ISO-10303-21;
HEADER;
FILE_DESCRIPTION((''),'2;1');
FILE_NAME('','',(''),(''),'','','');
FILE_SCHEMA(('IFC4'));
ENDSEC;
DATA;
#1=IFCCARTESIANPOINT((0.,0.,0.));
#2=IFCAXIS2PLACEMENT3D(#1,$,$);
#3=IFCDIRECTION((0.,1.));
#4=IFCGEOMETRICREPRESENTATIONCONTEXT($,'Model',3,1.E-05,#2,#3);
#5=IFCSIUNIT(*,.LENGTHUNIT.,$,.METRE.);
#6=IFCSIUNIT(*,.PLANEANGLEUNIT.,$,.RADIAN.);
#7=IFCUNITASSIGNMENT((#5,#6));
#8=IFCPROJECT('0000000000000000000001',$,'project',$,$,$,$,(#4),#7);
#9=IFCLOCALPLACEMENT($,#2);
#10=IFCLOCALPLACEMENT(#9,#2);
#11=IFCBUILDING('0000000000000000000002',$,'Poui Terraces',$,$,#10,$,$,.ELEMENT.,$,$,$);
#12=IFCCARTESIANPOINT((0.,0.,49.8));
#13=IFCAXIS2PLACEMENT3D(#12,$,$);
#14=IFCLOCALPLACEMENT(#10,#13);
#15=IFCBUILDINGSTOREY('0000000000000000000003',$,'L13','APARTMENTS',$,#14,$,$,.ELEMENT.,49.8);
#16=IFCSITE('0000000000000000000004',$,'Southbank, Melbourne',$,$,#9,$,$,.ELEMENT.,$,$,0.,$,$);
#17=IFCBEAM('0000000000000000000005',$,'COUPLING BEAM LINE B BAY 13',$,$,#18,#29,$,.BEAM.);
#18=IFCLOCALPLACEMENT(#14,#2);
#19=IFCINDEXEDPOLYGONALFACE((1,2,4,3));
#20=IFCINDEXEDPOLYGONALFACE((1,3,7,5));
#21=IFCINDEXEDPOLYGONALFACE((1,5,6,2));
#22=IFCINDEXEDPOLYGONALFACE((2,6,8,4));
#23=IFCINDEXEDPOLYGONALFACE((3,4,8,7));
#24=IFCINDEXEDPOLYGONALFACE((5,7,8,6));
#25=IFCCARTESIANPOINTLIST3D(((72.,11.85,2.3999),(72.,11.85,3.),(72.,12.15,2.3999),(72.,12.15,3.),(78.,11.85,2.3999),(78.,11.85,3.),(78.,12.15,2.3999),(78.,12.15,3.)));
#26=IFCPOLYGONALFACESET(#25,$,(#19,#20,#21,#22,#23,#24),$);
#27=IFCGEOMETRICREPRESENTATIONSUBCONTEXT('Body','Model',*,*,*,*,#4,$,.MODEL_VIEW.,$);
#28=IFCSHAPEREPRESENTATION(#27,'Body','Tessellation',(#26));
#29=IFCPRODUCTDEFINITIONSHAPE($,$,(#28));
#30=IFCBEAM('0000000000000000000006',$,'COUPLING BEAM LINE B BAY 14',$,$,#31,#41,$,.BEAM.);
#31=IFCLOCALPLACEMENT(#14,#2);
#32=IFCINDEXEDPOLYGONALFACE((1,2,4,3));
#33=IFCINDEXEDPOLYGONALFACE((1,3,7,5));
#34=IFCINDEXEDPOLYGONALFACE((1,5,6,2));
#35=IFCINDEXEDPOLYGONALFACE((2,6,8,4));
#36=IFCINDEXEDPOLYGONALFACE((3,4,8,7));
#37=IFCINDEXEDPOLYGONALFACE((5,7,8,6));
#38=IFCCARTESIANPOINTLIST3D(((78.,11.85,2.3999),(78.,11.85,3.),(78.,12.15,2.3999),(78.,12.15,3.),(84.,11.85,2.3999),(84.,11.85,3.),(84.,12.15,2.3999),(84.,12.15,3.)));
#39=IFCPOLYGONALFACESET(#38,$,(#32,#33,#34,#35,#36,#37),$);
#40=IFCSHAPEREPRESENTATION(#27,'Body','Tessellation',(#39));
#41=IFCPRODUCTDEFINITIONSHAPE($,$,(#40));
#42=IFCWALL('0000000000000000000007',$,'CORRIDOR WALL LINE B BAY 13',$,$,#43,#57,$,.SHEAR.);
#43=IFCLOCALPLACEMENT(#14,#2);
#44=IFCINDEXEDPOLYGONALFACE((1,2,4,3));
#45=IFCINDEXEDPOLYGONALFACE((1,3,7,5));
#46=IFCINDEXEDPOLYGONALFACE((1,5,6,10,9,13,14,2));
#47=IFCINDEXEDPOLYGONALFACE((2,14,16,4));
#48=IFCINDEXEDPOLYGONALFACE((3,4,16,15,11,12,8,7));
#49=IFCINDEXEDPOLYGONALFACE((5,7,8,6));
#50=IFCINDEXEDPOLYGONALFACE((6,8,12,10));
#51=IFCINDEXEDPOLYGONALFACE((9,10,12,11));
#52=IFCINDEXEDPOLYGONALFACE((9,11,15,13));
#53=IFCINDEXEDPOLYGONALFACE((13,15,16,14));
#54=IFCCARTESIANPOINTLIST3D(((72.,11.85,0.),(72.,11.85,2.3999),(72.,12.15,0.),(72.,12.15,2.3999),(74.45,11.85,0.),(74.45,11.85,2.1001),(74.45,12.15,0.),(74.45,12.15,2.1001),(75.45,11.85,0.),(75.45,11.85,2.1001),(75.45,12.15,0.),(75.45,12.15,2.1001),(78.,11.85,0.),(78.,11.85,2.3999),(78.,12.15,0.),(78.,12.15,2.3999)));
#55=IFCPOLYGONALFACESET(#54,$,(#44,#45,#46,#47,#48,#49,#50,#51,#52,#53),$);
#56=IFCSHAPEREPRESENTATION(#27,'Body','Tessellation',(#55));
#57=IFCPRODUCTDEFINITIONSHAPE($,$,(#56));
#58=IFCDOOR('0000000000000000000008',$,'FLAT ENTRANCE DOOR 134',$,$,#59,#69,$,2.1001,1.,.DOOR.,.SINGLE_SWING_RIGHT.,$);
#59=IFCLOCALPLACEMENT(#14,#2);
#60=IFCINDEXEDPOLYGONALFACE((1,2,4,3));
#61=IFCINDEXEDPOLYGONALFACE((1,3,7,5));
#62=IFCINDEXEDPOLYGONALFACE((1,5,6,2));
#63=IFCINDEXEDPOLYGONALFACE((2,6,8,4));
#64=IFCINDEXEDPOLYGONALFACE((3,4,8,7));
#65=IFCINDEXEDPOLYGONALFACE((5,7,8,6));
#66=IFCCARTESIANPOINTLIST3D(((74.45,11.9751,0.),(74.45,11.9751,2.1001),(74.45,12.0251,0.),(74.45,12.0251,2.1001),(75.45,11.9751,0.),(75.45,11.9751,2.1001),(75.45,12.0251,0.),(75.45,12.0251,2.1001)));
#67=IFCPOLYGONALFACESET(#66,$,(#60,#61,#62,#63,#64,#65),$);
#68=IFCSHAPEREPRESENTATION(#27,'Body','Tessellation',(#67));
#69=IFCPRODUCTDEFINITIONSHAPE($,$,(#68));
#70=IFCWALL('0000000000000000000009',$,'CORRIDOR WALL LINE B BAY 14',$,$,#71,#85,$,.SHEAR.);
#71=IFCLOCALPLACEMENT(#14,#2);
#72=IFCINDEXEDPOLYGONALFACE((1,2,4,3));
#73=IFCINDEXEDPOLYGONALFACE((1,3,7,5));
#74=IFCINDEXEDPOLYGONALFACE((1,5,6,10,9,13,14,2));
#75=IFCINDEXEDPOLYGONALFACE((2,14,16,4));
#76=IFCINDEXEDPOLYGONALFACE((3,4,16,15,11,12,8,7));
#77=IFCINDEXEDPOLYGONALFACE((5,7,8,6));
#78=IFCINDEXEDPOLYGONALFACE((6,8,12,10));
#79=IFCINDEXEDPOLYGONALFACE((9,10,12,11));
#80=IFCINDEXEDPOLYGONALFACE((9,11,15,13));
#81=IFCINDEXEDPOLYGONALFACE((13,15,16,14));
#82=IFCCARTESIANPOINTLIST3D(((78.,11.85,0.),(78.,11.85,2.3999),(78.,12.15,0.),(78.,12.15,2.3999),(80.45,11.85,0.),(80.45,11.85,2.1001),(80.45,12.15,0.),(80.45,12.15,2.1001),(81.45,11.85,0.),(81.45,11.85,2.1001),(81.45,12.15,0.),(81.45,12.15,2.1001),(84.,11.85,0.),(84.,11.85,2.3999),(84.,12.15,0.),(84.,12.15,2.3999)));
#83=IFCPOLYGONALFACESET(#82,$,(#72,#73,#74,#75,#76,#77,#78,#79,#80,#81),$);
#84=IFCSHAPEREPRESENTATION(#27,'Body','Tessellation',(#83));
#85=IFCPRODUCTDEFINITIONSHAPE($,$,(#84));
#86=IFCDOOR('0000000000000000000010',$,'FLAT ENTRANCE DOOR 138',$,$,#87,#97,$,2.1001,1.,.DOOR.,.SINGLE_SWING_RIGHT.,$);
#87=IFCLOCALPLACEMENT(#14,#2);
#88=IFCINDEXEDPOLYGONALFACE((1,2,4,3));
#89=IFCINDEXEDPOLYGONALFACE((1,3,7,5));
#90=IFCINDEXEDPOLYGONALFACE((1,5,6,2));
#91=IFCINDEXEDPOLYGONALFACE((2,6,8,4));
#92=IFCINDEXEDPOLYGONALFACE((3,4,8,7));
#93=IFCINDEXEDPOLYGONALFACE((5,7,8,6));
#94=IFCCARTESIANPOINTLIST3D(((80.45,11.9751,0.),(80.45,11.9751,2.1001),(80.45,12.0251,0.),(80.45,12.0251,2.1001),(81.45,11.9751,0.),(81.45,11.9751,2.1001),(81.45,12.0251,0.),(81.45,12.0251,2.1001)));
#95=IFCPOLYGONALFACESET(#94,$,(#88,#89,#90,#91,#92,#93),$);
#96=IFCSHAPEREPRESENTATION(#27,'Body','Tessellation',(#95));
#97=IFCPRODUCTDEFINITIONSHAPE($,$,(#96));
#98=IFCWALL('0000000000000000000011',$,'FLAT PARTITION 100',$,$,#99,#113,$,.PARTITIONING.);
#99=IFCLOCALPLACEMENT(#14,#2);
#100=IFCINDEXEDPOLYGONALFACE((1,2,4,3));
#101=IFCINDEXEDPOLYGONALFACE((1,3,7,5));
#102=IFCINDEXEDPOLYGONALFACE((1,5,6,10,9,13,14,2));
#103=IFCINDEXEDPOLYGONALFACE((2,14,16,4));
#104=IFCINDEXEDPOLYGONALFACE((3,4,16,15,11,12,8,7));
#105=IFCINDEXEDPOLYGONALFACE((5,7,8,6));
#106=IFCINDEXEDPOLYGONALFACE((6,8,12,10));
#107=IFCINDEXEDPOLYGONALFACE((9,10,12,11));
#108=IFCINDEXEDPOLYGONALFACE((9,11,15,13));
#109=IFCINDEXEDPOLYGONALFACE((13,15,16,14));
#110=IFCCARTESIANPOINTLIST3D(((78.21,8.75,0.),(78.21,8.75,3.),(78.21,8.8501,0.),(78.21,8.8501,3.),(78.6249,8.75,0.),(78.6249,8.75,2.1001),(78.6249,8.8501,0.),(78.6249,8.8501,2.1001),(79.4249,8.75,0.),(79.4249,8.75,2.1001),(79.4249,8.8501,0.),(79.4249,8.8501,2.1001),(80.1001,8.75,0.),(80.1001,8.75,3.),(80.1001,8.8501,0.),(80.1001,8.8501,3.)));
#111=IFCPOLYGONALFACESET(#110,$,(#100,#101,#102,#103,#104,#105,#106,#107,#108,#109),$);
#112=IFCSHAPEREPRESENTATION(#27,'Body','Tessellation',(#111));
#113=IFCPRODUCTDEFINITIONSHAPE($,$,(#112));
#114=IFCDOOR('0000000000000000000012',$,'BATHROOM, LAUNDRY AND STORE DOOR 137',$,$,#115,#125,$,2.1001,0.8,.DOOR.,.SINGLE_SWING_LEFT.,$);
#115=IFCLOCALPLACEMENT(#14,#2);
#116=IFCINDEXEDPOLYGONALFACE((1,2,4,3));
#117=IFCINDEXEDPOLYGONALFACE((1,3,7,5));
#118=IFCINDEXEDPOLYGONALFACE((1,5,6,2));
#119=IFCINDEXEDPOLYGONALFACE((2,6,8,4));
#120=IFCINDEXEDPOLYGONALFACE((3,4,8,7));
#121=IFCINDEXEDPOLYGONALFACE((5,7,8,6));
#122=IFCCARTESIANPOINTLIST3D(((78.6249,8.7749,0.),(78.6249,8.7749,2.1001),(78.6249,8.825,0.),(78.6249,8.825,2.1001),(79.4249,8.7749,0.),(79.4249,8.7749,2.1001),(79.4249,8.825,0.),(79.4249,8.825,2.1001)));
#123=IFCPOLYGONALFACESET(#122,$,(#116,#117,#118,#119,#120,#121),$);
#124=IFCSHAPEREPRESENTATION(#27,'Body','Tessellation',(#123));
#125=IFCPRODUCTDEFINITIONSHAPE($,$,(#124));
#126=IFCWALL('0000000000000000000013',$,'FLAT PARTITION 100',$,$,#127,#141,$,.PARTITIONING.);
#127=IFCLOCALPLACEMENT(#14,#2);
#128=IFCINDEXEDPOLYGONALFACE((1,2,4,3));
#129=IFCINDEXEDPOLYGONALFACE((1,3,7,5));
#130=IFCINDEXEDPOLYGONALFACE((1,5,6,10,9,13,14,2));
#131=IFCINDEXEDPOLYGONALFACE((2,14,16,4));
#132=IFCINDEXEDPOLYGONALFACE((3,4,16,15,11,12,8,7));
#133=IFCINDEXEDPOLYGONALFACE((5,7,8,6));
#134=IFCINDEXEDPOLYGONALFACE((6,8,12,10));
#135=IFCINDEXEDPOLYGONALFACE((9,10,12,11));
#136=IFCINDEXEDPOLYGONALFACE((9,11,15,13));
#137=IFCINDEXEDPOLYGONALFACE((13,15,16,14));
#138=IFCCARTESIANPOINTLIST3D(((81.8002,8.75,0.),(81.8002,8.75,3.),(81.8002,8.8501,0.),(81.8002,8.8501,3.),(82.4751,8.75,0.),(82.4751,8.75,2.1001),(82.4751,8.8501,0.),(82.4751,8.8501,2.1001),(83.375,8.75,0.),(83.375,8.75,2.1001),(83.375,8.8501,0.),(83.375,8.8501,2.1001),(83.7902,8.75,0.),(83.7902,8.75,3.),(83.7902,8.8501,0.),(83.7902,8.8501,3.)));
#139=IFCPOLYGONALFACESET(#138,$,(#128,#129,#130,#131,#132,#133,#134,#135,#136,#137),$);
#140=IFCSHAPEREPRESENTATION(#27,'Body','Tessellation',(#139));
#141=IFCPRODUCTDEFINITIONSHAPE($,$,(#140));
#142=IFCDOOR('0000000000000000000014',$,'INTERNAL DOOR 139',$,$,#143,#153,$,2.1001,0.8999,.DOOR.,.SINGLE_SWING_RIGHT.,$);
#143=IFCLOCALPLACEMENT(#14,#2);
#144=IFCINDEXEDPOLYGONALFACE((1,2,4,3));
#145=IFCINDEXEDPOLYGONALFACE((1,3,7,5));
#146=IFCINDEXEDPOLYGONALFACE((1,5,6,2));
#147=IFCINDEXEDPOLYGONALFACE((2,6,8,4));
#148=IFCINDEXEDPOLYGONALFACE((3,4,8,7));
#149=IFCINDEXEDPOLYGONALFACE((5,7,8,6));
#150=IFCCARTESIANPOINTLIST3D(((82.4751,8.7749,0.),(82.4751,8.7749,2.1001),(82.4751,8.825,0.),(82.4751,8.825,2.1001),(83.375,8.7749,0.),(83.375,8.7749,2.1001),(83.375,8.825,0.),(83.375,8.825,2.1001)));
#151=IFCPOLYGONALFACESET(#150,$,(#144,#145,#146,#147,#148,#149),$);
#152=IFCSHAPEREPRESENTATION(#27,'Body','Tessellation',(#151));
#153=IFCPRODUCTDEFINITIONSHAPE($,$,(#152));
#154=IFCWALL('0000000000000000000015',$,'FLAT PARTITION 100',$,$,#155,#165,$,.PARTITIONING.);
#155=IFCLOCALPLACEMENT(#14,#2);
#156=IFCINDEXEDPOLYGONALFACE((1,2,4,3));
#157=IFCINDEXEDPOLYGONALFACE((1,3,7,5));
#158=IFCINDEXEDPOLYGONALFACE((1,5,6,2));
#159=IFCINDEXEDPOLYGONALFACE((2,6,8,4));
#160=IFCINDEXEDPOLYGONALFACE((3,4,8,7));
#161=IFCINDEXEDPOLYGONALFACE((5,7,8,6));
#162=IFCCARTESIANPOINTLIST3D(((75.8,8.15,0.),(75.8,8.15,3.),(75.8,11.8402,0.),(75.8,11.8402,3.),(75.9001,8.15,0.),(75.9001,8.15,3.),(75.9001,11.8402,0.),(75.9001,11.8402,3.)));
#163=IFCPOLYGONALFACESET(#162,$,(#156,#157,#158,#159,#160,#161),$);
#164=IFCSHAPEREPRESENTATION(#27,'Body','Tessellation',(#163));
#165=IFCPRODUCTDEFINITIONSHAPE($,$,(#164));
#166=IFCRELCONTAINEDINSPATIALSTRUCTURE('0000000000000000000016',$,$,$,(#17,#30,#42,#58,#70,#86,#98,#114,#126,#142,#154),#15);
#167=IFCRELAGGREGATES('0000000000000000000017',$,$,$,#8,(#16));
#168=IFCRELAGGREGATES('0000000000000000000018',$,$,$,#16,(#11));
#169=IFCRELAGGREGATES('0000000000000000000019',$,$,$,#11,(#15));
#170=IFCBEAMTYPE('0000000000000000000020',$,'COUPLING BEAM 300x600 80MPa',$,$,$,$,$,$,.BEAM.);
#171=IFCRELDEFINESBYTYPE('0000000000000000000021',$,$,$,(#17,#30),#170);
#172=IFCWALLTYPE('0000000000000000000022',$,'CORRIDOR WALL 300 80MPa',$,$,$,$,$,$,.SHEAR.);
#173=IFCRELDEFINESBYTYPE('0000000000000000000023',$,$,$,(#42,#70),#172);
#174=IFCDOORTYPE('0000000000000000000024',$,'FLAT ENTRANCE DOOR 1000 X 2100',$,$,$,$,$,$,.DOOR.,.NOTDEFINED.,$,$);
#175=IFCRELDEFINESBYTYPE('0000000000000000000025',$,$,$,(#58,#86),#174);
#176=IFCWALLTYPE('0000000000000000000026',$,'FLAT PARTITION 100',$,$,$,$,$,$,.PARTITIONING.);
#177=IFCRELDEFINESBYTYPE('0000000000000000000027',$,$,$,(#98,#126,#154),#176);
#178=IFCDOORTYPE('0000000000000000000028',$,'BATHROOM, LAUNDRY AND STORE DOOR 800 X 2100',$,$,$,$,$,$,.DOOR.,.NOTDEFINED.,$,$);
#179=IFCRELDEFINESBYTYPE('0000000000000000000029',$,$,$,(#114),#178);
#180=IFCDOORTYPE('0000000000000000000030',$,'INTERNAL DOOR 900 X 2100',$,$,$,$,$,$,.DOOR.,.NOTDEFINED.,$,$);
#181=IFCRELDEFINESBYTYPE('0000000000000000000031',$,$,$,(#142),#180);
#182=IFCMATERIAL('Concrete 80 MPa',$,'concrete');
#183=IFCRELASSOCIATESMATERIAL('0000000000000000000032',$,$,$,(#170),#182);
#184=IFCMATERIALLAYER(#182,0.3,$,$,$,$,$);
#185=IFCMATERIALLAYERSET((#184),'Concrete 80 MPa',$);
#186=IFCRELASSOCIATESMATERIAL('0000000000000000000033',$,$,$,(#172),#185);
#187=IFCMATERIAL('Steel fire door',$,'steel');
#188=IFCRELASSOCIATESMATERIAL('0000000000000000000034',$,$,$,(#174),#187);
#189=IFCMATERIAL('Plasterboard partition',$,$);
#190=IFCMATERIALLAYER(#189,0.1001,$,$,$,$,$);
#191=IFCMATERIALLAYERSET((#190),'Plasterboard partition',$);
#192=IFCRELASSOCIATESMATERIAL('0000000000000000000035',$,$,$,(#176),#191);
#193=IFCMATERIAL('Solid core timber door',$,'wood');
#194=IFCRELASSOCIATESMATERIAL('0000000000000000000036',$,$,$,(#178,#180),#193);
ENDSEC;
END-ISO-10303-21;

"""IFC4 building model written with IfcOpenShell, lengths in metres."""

from ifc_helpers import new_model, si_unit, direction, frame, frame_2d, origin, origin_2d, place, context, subcontext, project, spatial, rectangle, extrude, source, transform, mapped, material, layer, layer_set, material_profile, profile_set, type_object, element, fill, save


model = new_model("IFC4")

# Units and contexts
model_context = context("Model", 3, precision=1e-05, world=origin(), true_north=direction((0.0, 1.0)))
body_context = subcontext(model_context, "Body", "Model", "MODEL_VIEW")
ifc_project = project(units=[si_unit("LENGTHUNIT", "METRE"), si_unit("PLANEANGLEUNIT", "RADIAN")], contexts=[model_context])

# Site, building, storey
site_placement = place(None, origin())
site = spatial("IfcSite", under=ifc_project, at=site_placement, Name="Southbank, Melbourne", CompositionType="ELEMENT", RefElevation=0.0)
building_placement = place(site_placement, origin())
building = spatial("IfcBuilding", under=site, at=building_placement, Name="Poui Terraces", CompositionType="ELEMENT")
storey_placement = place(building_placement, frame((0.0, 0.0, 49.8)))
storey = spatial("IfcBuildingStorey", under=building, at=storey_placement, Name="L13", Description="APARTMENTS", CompositionType="ELEMENT", Elevation=49.8)

# Beams
ifc_material_1 = material(Name="Concrete 80 MPa", Category="concrete")
ifc_material_profile = material_profile(ifc_material_1, rectangle(XDim=0.3, YDim=0.6001, at=origin_2d()), Name="RC 300x600")
ifc_profile_set = profile_set([ifc_material_profile], Name="Concrete 80 MPa")
beam_type = type_object("IfcBeamType", Name="COUPLING BEAM 300x600 80MPa", PredefinedType="BEAM", material=ifc_profile_set)
shared_shape = source(origin(), body_context, "Body", "SweptSolid", [
    extrude(rectangle(XDim=0.3, YDim=0.6001, at=origin_2d()), origin(), (0.0, 0.0, 1.0), 6.0),
])
for number, where, z_axis, x_axis, name in (
    (1, (72.0, 12.0, 2.7), (1.0, 0.0, 0.0), (0.0, 1.0, 0.0), "COUPLING BEAM LINE B BAY 13"),
    (2, (78.0, 12.0, 2.7), (1.0, 0.0, 0.0), (0.0, 1.0, 0.0), "COUPLING BEAM LINE B BAY 14"),
):
    element("IfcBeam", number, at=place(storey_placement, frame(where, z_axis=z_axis, x_axis=x_axis)), inside=storey, type_object=beam_type, Name=name, PredefinedType="BEAM", context=body_context, shape_type="MappedRepresentation", body=[
        mapped(shared_shape, transform((0.0, 0.0, 0.0))),
    ])

# Walls, openings, doors
ifc_layer_1 = layer(ifc_material_1, 0.3)
ifc_layer_set_1 = layer_set([ifc_layer_1], Name="Concrete 80 MPa")
wall_type_1 = type_object("IfcWallType", Name="CORRIDOR WALL 300 80MPa", PredefinedType="SHEAR", material=ifc_layer_set_1)
wall_1_placement = place(storey_placement, frame((72.0, 12.0, 0.0), z_axis=(0.0, 0.0, 1.0), x_axis=(1.0, 0.0, 0.0)))
wall_1 = element("IfcWall", 3, at=wall_1_placement, inside=storey, type_object=wall_type_1, Name="CORRIDOR WALL LINE B BAY 13", PredefinedType="SHEAR", context=body_context, shape_type="SweptSolid", body=[
    extrude(rectangle(XDim=6.0, YDim=0.3, at=frame_2d((3.0, 0.0))), origin(), (0.0, 0.0, 1.0), 2.3999),
])
opening_1_placement = place(wall_1_placement, frame((2.45, 0.0, 0.0)))
opening_1 = element("IfcOpeningElement", 4, at=opening_1_placement, cuts=wall_1, PredefinedType="OPENING", context=body_context, shape_type="SweptSolid", body=[
    extrude(rectangle(XDim=1.0, YDim=2.1001, at=frame_2d((0.5, 1.05))), frame((0.0, 0.1602, 0.0), z_axis=(0.0, -1.0, 0.0), x_axis=(1.0, 0.0, 0.0)), (0.0, 0.0, 1.0), 0.3201),
])
ifc_material_2 = material(Name="Steel fire door", Category="steel")
door_type_1 = type_object("IfcDoorType", Name="FLAT ENTRANCE DOOR 1000 X 2100", OperationType="NOTDEFINED", PredefinedType="DOOR", material=ifc_material_2)
door_1_placement = place(opening_1_placement, frame((1.0, 0.0, 0.0), z_axis=(0.0, 0.0, 1.0), x_axis=(-1.0, 0.0, 0.0)))
door_1 = element("IfcDoor", 5, at=door_1_placement, inside=storey, type_object=door_type_1, Name="FLAT ENTRANCE DOOR 134", OperationType="SINGLE_SWING_RIGHT", OverallHeight=2.1001, OverallWidth=1.0, PredefinedType="DOOR", context=body_context, shape_type="SweptSolid", body=[
    extrude(rectangle(XDim=1.0, YDim=2.1001, at=frame_2d((0.5, 1.05))), frame((0.0, 0.0249, 0.0), z_axis=(0.0, -1.0, 0.0), x_axis=(1.0, 0.0, 0.0)), (0.0, 0.0, 1.0), 0.05),
])
fill(opening_1, door_1)
wall_2_placement = place(storey_placement, frame((78.0, 12.0, 0.0), z_axis=(0.0, 0.0, 1.0), x_axis=(1.0, 0.0, 0.0)))
wall_2 = element("IfcWall", 6, at=wall_2_placement, inside=storey, type_object=wall_type_1, Name="CORRIDOR WALL LINE B BAY 14", PredefinedType="SHEAR", context=body_context, shape_type="SweptSolid", body=[
    extrude(rectangle(XDim=6.0, YDim=0.3, at=frame_2d((3.0, 0.0))), origin(), (0.0, 0.0, 1.0), 2.3999),
])
opening_2_placement = place(wall_2_placement, frame((2.45, 0.0, 0.0)))
opening_2 = element("IfcOpeningElement", 7, at=opening_2_placement, cuts=wall_2, PredefinedType="OPENING", context=body_context, shape_type="SweptSolid", body=[
    extrude(rectangle(XDim=1.0, YDim=2.1001, at=frame_2d((0.5, 1.05))), frame((0.0, 0.1602, 0.0), z_axis=(0.0, -1.0, 0.0), x_axis=(1.0, 0.0, 0.0)), (0.0, 0.0, 1.0), 0.3201),
])
door_2_placement = place(opening_2_placement, frame((1.0, 0.0, 0.0), z_axis=(0.0, 0.0, 1.0), x_axis=(-1.0, 0.0, 0.0)))
door_2 = element("IfcDoor", 8, at=door_2_placement, inside=storey, type_object=door_type_1, Name="FLAT ENTRANCE DOOR 138", OperationType="SINGLE_SWING_RIGHT", OverallHeight=2.1001, OverallWidth=1.0, PredefinedType="DOOR", context=body_context, shape_type="SweptSolid", body=[
    extrude(rectangle(XDim=1.0, YDim=2.1001, at=frame_2d((0.5, 1.05))), frame((0.0, 0.0249, 0.0), z_axis=(0.0, -1.0, 0.0), x_axis=(1.0, 0.0, 0.0)), (0.0, 0.0, 1.0), 0.05),
])
fill(opening_2, door_2)
ifc_material_3 = material(Name="Plasterboard partition")
ifc_layer_2 = layer(ifc_material_3, 0.1001)
ifc_layer_set_2 = layer_set([ifc_layer_2], Name="Plasterboard partition")
wall_type_2 = type_object("IfcWallType", Name="FLAT PARTITION 100", PredefinedType="PARTITIONING", material=ifc_layer_set_2)
wall_3_placement = place(storey_placement, frame((78.21, 8.8, 0.0), z_axis=(0.0, 0.0, 1.0), x_axis=(1.0, 0.0, 0.0)))
wall_3 = element("IfcWall", 9, at=wall_3_placement, inside=storey, type_object=wall_type_2, Name="FLAT PARTITION 100", PredefinedType="PARTITIONING", context=body_context, shape_type="SweptSolid", body=[
    extrude(rectangle(XDim=1.8901, YDim=0.1001, at=frame_2d((0.9451, 0.0))), origin(), (0.0, 0.0, 1.0), 3.0),
])
opening_3_placement = place(wall_3_placement, frame((0.415, 0.0, 0.0)))
opening_3 = element("IfcOpeningElement", 10, at=opening_3_placement, cuts=wall_3, PredefinedType="OPENING", context=body_context, shape_type="SweptSolid", body=[
    extrude(rectangle(XDim=0.8, YDim=2.1001, at=frame_2d((0.3999, 1.05))), frame((0.0, 0.0601, 0.0), z_axis=(0.0, -1.0, 0.0), x_axis=(1.0, 0.0, 0.0)), (0.0, 0.0, 1.0), 0.1201),
])
ifc_material_4 = material(Name="Solid core timber door", Category="wood")
door_type_2 = type_object("IfcDoorType", Name="BATHROOM, LAUNDRY AND STORE DOOR 800 X 2100", OperationType="NOTDEFINED", PredefinedType="DOOR", material=ifc_material_4)
door_3_placement = place(opening_3_placement, origin())
door_3 = element("IfcDoor", 11, at=door_3_placement, inside=storey, type_object=door_type_2, Name="BATHROOM, LAUNDRY AND STORE DOOR 137", OperationType="SINGLE_SWING_LEFT", OverallHeight=2.1001, OverallWidth=0.8, PredefinedType="DOOR", context=body_context, shape_type="SweptSolid", body=[
    extrude(rectangle(XDim=0.8, YDim=2.1001, at=frame_2d((0.3999, 1.05))), frame((0.0, 0.0249, 0.0), z_axis=(0.0, -1.0, 0.0), x_axis=(1.0, 0.0, 0.0)), (0.0, 0.0, 1.0), 0.05),
])
fill(opening_3, door_3)
wall_4_placement = place(storey_placement, frame((81.8, 8.8, 0.0), z_axis=(0.0, 0.0, 1.0), x_axis=(1.0, 0.0, 0.0)))
wall_4 = element("IfcWall", 12, at=wall_4_placement, inside=storey, type_object=wall_type_2, Name="FLAT PARTITION 100", PredefinedType="PARTITIONING", context=body_context, shape_type="SweptSolid", body=[
    extrude(rectangle(XDim=1.99, YDim=0.1001, at=frame_2d((0.9951, 0.0))), origin(), (0.0, 0.0, 1.0), 3.0),
])
opening_4_placement = place(wall_4_placement, frame((0.675, 0.0, 0.0)))
opening_4 = element("IfcOpeningElement", 13, at=opening_4_placement, cuts=wall_4, PredefinedType="OPENING", context=body_context, shape_type="SweptSolid", body=[
    extrude(rectangle(XDim=0.8999, YDim=2.1001, at=frame_2d((0.45, 1.05))), frame((0.0, 0.0601, 0.0), z_axis=(0.0, -1.0, 0.0), x_axis=(1.0, 0.0, 0.0)), (0.0, 0.0, 1.0), 0.1201),
])
door_type_3 = type_object("IfcDoorType", Name="INTERNAL DOOR 900 X 2100", OperationType="NOTDEFINED", PredefinedType="DOOR", material=ifc_material_4)
door_4_placement = place(opening_4_placement, origin())
door_4 = element("IfcDoor", 14, at=door_4_placement, inside=storey, type_object=door_type_3, Name="INTERNAL DOOR 139", OperationType="SINGLE_SWING_RIGHT", OverallHeight=2.1001, OverallWidth=0.8999, PredefinedType="DOOR", context=body_context, shape_type="SweptSolid", body=[
    extrude(rectangle(XDim=0.8999, YDim=2.1001, at=frame_2d((0.45, 1.05))), frame((0.0, 0.0249, 0.0), z_axis=(0.0, -1.0, 0.0), x_axis=(1.0, 0.0, 0.0)), (0.0, 0.0, 1.0), 0.05),
])
fill(opening_4, door_4)

# Wall
wall_5_placement = place(storey_placement, frame((75.8501, 8.1499, 0.0), z_axis=(0.0, 0.0, 1.0), x_axis=(0.0, 1.0, 0.0)))
element("IfcWall", 15, at=wall_5_placement, inside=storey, type_object=wall_type_2, Name="FLAT PARTITION 100", PredefinedType="PARTITIONING", context=body_context, shape_type="SweptSolid", body=[
    extrude(rectangle(XDim=3.6902, YDim=0.1001, at=frame_2d((1.8452, 0.0))), origin(), (0.0, 0.0, 1.0), 3.0),
])

save(model, "model.ifc")
